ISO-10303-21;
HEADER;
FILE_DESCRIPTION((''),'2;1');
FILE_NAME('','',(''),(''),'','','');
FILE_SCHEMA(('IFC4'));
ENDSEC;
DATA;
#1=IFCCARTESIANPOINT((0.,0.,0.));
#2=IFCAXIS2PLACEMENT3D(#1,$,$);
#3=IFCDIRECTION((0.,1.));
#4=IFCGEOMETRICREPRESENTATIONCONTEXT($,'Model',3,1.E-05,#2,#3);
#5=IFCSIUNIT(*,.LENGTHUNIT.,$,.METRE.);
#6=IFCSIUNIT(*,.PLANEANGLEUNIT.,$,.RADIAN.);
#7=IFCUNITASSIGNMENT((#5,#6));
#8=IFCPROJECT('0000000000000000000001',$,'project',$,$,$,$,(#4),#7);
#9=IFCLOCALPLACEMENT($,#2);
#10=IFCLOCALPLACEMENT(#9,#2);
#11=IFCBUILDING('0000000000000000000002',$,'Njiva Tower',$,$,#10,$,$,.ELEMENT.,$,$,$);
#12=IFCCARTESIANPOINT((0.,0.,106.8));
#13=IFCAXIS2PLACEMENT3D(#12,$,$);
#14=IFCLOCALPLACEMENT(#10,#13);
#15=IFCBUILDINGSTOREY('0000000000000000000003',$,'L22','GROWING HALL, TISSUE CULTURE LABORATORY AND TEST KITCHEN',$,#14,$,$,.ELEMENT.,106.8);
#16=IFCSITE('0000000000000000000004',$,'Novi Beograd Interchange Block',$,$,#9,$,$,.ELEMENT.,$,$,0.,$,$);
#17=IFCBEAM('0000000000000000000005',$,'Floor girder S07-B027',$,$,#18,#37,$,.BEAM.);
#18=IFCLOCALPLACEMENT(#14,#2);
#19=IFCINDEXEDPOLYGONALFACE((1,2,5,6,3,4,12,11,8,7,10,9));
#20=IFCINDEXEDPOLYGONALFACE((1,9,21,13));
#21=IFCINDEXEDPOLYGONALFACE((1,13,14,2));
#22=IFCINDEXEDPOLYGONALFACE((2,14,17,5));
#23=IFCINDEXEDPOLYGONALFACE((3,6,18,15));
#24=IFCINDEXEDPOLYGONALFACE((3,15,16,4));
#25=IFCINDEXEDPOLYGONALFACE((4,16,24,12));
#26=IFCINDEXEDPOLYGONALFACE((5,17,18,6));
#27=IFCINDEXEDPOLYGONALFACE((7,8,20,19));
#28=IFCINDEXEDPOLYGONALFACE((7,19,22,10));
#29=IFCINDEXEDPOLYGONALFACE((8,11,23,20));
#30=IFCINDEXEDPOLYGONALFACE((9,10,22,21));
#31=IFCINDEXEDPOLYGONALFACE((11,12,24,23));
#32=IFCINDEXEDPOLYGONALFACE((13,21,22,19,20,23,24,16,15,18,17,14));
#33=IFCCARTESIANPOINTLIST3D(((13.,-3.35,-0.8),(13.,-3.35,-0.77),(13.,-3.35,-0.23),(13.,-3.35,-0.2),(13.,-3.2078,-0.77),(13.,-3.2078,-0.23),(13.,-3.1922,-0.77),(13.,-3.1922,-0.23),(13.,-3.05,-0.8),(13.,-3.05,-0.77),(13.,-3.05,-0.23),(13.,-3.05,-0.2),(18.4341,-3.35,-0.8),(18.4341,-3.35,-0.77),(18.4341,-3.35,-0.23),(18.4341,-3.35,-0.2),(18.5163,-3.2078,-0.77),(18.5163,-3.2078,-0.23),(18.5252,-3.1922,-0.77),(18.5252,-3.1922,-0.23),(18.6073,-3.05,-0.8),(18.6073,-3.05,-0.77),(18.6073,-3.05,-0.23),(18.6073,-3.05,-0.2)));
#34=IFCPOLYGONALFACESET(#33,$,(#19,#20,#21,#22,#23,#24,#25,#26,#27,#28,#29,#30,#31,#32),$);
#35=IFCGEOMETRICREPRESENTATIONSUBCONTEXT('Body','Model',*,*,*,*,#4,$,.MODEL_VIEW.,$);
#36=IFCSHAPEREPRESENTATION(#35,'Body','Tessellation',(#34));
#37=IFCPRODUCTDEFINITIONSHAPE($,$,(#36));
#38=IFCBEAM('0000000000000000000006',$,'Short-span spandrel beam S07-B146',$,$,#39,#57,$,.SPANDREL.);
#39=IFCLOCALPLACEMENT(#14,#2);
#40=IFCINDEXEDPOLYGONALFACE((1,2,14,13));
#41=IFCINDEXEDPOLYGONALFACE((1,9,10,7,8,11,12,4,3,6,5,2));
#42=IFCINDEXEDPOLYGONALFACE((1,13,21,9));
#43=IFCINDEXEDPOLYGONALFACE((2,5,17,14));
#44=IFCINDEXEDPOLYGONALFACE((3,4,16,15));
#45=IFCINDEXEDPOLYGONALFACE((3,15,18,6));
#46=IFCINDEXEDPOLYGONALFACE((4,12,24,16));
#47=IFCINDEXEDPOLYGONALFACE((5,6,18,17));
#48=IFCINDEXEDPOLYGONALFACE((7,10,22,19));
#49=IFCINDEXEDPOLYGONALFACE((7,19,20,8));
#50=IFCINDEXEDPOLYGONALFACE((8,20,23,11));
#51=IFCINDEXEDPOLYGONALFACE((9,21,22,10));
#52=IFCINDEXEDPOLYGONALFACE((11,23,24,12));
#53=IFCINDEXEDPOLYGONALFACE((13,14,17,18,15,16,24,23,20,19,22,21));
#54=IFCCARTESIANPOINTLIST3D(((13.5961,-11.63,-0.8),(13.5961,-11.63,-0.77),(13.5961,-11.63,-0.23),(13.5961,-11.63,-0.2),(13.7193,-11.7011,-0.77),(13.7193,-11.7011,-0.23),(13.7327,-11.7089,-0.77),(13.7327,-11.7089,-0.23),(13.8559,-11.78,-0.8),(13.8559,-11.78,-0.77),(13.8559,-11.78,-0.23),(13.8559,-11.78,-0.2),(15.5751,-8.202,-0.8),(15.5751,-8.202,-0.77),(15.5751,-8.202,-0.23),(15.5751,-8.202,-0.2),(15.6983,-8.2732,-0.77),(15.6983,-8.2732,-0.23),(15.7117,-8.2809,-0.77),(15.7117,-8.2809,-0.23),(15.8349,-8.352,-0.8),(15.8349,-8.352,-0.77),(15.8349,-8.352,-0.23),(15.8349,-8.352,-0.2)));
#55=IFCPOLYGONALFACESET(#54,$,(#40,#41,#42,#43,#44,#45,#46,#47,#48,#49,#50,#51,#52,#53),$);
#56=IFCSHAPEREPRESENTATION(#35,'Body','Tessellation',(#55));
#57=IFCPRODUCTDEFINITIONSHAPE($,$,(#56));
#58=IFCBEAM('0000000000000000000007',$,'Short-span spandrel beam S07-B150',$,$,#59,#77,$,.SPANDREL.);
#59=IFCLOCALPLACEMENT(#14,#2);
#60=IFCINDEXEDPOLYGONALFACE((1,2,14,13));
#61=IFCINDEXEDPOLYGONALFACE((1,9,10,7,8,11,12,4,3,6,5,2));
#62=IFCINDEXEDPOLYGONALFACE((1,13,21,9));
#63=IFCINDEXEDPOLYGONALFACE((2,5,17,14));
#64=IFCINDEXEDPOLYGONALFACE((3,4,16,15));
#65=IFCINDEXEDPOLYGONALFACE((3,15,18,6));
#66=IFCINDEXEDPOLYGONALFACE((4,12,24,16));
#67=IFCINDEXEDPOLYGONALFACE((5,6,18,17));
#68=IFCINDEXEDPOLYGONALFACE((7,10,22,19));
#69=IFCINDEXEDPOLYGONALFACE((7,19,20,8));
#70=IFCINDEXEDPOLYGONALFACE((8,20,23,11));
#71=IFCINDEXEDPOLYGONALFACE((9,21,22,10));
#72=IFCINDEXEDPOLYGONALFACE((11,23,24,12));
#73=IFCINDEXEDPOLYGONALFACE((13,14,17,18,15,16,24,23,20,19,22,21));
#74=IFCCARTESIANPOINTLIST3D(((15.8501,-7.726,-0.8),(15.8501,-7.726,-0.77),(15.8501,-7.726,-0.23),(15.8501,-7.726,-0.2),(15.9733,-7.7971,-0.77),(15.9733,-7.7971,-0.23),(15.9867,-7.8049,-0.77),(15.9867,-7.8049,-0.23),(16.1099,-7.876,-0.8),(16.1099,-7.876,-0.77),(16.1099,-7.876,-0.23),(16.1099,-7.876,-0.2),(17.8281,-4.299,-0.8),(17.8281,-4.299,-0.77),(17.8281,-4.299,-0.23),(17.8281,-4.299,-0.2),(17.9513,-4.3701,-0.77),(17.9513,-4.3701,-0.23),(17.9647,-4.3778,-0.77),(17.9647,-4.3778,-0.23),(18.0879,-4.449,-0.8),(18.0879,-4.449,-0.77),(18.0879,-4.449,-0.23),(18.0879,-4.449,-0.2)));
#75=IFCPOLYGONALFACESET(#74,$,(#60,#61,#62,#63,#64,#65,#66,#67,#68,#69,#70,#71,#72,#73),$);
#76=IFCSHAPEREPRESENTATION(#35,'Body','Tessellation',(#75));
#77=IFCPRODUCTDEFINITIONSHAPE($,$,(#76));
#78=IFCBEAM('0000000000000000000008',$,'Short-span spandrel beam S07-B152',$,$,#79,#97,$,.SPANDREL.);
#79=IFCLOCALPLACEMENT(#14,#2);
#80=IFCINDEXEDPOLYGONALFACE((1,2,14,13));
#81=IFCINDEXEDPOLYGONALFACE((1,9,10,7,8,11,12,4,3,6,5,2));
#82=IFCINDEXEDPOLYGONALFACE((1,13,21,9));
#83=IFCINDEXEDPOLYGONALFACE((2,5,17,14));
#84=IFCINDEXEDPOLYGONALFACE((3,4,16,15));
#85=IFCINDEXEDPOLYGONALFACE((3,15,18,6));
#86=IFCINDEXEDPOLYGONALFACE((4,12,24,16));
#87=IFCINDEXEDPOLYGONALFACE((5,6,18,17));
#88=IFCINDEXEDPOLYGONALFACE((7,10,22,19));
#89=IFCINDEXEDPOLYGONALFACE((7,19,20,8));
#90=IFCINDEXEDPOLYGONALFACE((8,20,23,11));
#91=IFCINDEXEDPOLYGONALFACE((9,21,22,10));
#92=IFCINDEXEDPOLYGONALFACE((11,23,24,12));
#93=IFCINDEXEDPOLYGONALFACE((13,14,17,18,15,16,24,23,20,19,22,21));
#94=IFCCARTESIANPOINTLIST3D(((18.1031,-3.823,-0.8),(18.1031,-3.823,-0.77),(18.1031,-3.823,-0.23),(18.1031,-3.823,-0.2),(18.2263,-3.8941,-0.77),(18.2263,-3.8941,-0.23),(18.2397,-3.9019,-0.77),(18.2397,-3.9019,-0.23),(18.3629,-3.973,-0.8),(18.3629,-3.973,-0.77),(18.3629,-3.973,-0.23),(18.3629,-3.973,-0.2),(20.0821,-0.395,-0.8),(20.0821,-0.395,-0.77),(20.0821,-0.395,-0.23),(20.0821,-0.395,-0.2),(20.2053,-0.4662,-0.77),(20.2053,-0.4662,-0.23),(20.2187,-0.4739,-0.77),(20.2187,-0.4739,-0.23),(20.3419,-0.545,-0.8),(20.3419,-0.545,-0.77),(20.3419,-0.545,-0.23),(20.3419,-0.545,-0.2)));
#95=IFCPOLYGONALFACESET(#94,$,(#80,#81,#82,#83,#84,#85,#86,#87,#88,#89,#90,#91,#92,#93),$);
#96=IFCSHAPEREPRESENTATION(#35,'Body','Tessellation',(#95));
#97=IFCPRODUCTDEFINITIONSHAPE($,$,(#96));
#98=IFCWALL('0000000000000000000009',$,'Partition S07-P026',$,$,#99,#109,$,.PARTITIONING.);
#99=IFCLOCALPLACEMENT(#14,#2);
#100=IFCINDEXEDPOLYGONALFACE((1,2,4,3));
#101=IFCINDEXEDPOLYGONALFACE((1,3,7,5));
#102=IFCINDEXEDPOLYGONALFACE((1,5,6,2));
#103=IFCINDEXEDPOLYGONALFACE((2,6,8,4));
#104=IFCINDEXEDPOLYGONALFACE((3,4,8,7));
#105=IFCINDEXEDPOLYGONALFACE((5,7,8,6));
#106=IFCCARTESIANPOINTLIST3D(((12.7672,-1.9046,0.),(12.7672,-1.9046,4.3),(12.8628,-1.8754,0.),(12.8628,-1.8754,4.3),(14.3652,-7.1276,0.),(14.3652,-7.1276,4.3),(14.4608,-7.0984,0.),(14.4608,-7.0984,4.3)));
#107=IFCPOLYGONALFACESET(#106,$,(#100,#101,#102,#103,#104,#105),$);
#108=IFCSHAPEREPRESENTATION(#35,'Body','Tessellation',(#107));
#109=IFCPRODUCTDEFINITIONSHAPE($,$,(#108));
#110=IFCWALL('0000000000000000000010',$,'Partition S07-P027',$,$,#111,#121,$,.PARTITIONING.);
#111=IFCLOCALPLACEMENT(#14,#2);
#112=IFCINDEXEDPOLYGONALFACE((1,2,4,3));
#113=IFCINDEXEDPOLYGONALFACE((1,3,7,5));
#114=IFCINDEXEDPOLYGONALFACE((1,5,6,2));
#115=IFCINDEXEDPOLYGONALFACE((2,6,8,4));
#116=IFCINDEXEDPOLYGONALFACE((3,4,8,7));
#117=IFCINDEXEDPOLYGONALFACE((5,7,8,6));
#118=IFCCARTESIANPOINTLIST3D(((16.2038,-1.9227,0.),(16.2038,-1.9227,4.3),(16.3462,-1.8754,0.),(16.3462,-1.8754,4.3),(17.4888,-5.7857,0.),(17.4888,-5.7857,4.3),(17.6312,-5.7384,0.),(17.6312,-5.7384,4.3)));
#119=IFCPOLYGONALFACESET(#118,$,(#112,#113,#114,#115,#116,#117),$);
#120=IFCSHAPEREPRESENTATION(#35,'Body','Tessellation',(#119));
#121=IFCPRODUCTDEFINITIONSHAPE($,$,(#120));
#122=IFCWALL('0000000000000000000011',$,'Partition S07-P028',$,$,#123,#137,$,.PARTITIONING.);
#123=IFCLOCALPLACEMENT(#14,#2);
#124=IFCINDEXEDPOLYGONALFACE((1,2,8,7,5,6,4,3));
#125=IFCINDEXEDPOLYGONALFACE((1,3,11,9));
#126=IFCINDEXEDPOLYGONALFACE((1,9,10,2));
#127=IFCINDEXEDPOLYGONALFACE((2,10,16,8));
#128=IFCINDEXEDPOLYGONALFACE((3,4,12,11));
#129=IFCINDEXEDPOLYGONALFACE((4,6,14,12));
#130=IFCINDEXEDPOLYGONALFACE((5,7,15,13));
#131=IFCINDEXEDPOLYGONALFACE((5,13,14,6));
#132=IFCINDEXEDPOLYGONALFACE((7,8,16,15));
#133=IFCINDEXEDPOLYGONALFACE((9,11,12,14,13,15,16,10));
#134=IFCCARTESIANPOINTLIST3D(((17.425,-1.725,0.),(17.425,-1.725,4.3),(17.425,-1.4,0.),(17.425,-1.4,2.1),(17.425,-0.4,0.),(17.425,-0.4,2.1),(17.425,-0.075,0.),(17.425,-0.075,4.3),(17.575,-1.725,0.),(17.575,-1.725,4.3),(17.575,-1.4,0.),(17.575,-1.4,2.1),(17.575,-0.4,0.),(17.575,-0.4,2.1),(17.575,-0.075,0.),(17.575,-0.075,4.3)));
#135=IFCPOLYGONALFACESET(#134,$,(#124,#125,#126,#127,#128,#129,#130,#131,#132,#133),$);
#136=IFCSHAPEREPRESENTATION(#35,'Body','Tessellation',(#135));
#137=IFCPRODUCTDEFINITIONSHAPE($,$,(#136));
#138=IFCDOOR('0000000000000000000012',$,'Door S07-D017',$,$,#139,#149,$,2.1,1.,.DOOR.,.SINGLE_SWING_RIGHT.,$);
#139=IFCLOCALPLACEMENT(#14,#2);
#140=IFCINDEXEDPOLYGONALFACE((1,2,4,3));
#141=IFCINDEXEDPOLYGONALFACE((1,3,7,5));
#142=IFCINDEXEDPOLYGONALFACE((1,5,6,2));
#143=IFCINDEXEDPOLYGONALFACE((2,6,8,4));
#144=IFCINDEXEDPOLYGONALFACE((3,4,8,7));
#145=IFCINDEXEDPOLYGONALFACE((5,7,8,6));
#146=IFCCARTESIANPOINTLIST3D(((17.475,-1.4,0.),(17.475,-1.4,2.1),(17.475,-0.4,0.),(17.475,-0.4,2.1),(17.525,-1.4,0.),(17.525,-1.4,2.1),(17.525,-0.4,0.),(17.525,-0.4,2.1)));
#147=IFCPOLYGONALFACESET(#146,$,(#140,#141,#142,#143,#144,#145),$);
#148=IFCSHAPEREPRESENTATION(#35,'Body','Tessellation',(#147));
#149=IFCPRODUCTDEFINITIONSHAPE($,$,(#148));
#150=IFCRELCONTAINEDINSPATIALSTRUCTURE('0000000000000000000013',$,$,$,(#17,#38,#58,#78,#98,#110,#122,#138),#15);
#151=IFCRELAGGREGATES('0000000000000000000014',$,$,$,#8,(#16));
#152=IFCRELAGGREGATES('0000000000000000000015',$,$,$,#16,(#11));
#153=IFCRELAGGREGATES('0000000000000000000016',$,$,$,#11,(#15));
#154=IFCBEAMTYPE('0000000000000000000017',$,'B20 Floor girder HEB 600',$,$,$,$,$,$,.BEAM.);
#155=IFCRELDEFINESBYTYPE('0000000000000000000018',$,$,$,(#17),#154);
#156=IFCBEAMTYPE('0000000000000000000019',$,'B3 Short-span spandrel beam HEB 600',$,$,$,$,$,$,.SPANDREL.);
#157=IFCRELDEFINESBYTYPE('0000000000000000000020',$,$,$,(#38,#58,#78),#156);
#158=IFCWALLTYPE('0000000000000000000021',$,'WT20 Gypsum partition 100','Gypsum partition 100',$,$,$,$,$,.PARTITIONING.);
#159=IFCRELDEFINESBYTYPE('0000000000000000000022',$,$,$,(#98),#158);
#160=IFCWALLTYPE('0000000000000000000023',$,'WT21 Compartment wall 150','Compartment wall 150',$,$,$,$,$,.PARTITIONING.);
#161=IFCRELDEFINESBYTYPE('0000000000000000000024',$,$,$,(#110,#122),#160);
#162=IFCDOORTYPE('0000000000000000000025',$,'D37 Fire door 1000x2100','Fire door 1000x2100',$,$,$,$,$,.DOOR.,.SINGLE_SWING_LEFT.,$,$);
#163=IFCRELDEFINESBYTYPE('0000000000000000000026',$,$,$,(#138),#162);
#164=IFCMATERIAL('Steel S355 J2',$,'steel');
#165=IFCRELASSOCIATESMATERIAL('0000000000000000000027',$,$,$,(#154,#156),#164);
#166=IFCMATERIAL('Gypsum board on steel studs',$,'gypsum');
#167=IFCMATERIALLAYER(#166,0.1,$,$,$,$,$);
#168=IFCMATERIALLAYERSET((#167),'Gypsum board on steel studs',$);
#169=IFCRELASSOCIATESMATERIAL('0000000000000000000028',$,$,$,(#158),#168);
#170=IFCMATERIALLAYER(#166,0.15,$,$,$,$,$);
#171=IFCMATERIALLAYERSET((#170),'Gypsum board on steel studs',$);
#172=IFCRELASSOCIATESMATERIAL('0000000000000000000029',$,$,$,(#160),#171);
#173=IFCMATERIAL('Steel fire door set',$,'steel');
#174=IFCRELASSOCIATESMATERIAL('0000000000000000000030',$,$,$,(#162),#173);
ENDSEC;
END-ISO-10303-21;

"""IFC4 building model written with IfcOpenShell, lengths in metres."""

from ifc_helpers import new_model, si_unit, direction, frame, frame_2d, origin, origin_2d, place, context, subcontext, project, spatial, rectangle, i_section, extrude, clip, halfspace, material, layer, layer_set, material_profile, profile_set, type_object, element, fill, save


model = new_model("IFC4")

# Units and contexts
model_context = context("Model", 3, precision=1e-05, world=origin(), true_north=direction((0.0, 1.0)))
body_context = subcontext(model_context, "Body", "Model", "MODEL_VIEW")
ifc_project = project(units=[si_unit("LENGTHUNIT", "METRE"), si_unit("PLANEANGLEUNIT", "RADIAN")], contexts=[model_context])

# Site, building, storey
site_placement = place(None, origin())
site = spatial("IfcSite", under=ifc_project, at=site_placement, Name="Novi Beograd Interchange Block", CompositionType="ELEMENT", RefElevation=0.0)
building_placement = place(site_placement, origin())
building = spatial("IfcBuilding", under=site, at=building_placement, Name="Njiva Tower", CompositionType="ELEMENT")
storey_placement = place(building_placement, frame((0.0, 0.0, 106.8)))
storey = spatial("IfcBuildingStorey", under=building, at=storey_placement, Name="L22", Description="GROWING HALL, TISSUE CULTURE LABORATORY AND TEST KITCHEN", CompositionType="ELEMENT", Elevation=106.8)

# Shared definitions
ifc_material_1 = material(Name="Steel S355 J2", Category="steel")

# Beams
ifc_material_profile_1 = material_profile(ifc_material_1, i_section(OverallWidth=0.3, OverallDepth=0.6, WebThickness=0.0155, FlangeThickness=0.03, at=origin_2d()), Name="HEB 600")
ifc_profile_set_1 = profile_set([ifc_material_profile_1], Name="Steel S355 J2")
beam_type_1 = type_object("IfcBeamType", Name="B20 Floor girder HEB 600", PredefinedType="BEAM", material=ifc_profile_set_1)
beam_1_placement = place(storey_placement, frame((13.0, -3.2, -0.5), z_axis=(1.0, 0.0, 0.0), x_axis=(0.0, 1.0, 0.0)))
element("IfcBeam", 1, at=beam_1_placement, inside=storey, type_object=beam_type_1, Name="Floor girder S07-B027", PredefinedType="BEAM", context=body_context, shape_type="Clipping", body=[
    clip(extrude(i_section(OverallWidth=0.3, OverallDepth=0.6, WebThickness=0.0155, FlangeThickness=0.03, at=origin_2d()), origin(), (0.0, 0.0, 1.0), 5.628), halfspace(frame((-0.025, 0.0, 5.5063), z_axis=(-0.499998, 0.0, 0.866027), x_axis=(0.0, 1.0, 0.0)), False)),
])
ifc_material_profile_2 = material_profile(ifc_material_1, i_section(OverallWidth=0.3, OverallDepth=0.6, WebThickness=0.0155, FlangeThickness=0.03, at=origin_2d()), Name="HEB 600")
ifc_profile_set_2 = profile_set([ifc_material_profile_2], Name="Steel S355 J2")
beam_type_2 = type_object("IfcBeamType", Name="B3 Short-span spandrel beam HEB 600", PredefinedType="SPANDREL", material=ifc_profile_set_2)
beam_2_placement = place(storey_placement, frame((13.726, -11.705, -0.5), z_axis=(0.49997, 0.866043, 0.0), x_axis=(-0.866043, 0.49997, 0.0)))
element("IfcBeam", 2, at=beam_2_placement, inside=storey, type_object=beam_type_2, Name="Short-span spandrel beam S07-B146", PredefinedType="SPANDREL", context=body_context, shape_type="SweptSolid", body=[
    extrude(i_section(OverallWidth=0.3, OverallDepth=0.6, WebThickness=0.0155, FlangeThickness=0.03, at=origin_2d()), origin(), (0.0, 0.0, 1.0), 3.9582),
])
beam_3_placement = place(storey_placement, frame((15.98, -7.801, -0.5), z_axis=(0.49989, 0.866089, 0.0), x_axis=(-0.866089, 0.49989, 0.0)))
element("IfcBeam", 3, at=beam_3_placement, inside=storey, type_object=beam_type_2, Name="Short-span spandrel beam S07-B150", PredefinedType="SPANDREL", context=body_context, shape_type="SweptSolid", body=[
    extrude(i_section(OverallWidth=0.3, OverallDepth=0.6, WebThickness=0.0155, FlangeThickness=0.03, at=origin_2d()), origin(), (0.0, 0.0, 1.0), 3.9569),
])
beam_4_placement = place(storey_placement, frame((18.233, -3.898, -0.5), z_axis=(0.49997, 0.866043, 0.0), x_axis=(-0.866043, 0.49997, 0.0)))
element("IfcBeam", 4, at=beam_4_placement, inside=storey, type_object=beam_type_2, Name="Short-span spandrel beam S07-B152", PredefinedType="SPANDREL", context=body_context, shape_type="SweptSolid", body=[
    extrude(i_section(OverallWidth=0.3, OverallDepth=0.6, WebThickness=0.0155, FlangeThickness=0.03, at=origin_2d()), origin(), (0.0, 0.0, 1.0), 3.9582),
])

# Walls
ifc_material_2 = material(Name="Gypsum board on steel studs", Category="gypsum")
ifc_layer_1 = layer(ifc_material_2, 0.1)
ifc_layer_set_1 = layer_set([ifc_layer_1], Name="Gypsum board on steel studs")
wall_type_1 = type_object("IfcWallType", Name="WT20 Gypsum partition 100", Description="Gypsum partition 100", PredefinedType="PARTITIONING", material=ifc_layer_set_1)
wall_1_placement = place(storey_placement, frame((12.815, -1.89, 0.0), z_axis=(0.0, 0.0, 1.0), x_axis=(0.292567, -0.956245, 0.0)))
element("IfcWall", 5, at=wall_1_placement, inside=storey, type_object=wall_type_1, Name="Partition S07-P026", PredefinedType="PARTITIONING", context=body_context, shape_type="SweptSolid", body=[
    extrude(rectangle(XDim=5.462, YDim=0.1, at=frame_2d((2.731, 0.0))), origin(), (0.0, 0.0, 1.0), 4.3),
])
ifc_layer_2 = layer(ifc_material_2, 0.15)
ifc_layer_set_2 = layer_set([ifc_layer_2], Name="Gypsum board on steel studs")
wall_type_2 = type_object("IfcWallType", Name="WT21 Compartment wall 150", Description="Compartment wall 150", PredefinedType="PARTITIONING", material=ifc_layer_set_2)
wall_2_placement = place(storey_placement, frame((16.275, -1.899, 0.0), z_axis=(0.0, 0.0, 1.0), x_axis=(0.315638, -0.94888, 0.0)))
element("IfcWall", 6, at=wall_2_placement, inside=storey, type_object=wall_type_2, Name="Partition S07-P027", PredefinedType="PARTITIONING", context=body_context, shape_type="SweptSolid", body=[
    extrude(rectangle(XDim=4.0711, YDim=0.15, at=frame_2d((2.0356, 0.0))), origin(), (0.0, 0.0, 1.0), 4.3),
])

# Wall, opening, door
wall_3_placement = place(storey_placement, frame((17.5, -1.725, 0.0), z_axis=(0.0, 0.0, 1.0), x_axis=(0.0, 1.0, 0.0)))
wall_3 = element("IfcWall", 7, at=wall_3_placement, inside=storey, type_object=wall_type_2, Name="Partition S07-P028", PredefinedType="PARTITIONING", context=body_context, shape_type="SweptSolid", body=[
    extrude(rectangle(XDim=1.65, YDim=0.15, at=frame_2d((0.825, 0.0))), origin(), (0.0, 0.0, 1.0), 4.3),
])
opening_1_placement = place(wall_3_placement, frame((0.325, 0.0, 0.0)))
opening_1 = element("IfcOpeningElement", 8, at=opening_1_placement, cuts=wall_3, PredefinedType="OPENING", context=body_context, shape_type="SweptSolid", body=[
    extrude(rectangle(XDim=1.0, YDim=2.1, at=frame_2d((0.5, 1.05))), frame((0.0, 0.085, 0.0), z_axis=(0.0, -1.0, 0.0), x_axis=(1.0, 0.0, 0.0)), (0.0, 0.0, 1.0), 0.17),
])
ifc_material_3 = material(Name="Steel fire door set", Category="steel")
door_type = type_object("IfcDoorType", Name="D37 Fire door 1000x2100", Description="Fire door 1000x2100", OperationType="SINGLE_SWING_LEFT", PredefinedType="DOOR", material=ifc_material_3)
door_1_placement = place(opening_1_placement, origin())
door_1 = element("IfcDoor", 9, at=door_1_placement, inside=storey, type_object=door_type, Name="Door S07-D017", OperationType="SINGLE_SWING_RIGHT", OverallHeight=2.1, OverallWidth=1.0, PredefinedType="DOOR", context=body_context, shape_type="SweptSolid", body=[
    extrude(rectangle(XDim=1.0, YDim=2.1, at=frame_2d((0.5, 1.05))), frame((0.0, 0.025, 0.0), z_axis=(0.0, -1.0, 0.0), x_axis=(1.0, 0.0, 0.0)), (0.0, 0.0, 1.0), 0.05),
])
fill(opening_1, door_1)

save(model, "model.ifc")
